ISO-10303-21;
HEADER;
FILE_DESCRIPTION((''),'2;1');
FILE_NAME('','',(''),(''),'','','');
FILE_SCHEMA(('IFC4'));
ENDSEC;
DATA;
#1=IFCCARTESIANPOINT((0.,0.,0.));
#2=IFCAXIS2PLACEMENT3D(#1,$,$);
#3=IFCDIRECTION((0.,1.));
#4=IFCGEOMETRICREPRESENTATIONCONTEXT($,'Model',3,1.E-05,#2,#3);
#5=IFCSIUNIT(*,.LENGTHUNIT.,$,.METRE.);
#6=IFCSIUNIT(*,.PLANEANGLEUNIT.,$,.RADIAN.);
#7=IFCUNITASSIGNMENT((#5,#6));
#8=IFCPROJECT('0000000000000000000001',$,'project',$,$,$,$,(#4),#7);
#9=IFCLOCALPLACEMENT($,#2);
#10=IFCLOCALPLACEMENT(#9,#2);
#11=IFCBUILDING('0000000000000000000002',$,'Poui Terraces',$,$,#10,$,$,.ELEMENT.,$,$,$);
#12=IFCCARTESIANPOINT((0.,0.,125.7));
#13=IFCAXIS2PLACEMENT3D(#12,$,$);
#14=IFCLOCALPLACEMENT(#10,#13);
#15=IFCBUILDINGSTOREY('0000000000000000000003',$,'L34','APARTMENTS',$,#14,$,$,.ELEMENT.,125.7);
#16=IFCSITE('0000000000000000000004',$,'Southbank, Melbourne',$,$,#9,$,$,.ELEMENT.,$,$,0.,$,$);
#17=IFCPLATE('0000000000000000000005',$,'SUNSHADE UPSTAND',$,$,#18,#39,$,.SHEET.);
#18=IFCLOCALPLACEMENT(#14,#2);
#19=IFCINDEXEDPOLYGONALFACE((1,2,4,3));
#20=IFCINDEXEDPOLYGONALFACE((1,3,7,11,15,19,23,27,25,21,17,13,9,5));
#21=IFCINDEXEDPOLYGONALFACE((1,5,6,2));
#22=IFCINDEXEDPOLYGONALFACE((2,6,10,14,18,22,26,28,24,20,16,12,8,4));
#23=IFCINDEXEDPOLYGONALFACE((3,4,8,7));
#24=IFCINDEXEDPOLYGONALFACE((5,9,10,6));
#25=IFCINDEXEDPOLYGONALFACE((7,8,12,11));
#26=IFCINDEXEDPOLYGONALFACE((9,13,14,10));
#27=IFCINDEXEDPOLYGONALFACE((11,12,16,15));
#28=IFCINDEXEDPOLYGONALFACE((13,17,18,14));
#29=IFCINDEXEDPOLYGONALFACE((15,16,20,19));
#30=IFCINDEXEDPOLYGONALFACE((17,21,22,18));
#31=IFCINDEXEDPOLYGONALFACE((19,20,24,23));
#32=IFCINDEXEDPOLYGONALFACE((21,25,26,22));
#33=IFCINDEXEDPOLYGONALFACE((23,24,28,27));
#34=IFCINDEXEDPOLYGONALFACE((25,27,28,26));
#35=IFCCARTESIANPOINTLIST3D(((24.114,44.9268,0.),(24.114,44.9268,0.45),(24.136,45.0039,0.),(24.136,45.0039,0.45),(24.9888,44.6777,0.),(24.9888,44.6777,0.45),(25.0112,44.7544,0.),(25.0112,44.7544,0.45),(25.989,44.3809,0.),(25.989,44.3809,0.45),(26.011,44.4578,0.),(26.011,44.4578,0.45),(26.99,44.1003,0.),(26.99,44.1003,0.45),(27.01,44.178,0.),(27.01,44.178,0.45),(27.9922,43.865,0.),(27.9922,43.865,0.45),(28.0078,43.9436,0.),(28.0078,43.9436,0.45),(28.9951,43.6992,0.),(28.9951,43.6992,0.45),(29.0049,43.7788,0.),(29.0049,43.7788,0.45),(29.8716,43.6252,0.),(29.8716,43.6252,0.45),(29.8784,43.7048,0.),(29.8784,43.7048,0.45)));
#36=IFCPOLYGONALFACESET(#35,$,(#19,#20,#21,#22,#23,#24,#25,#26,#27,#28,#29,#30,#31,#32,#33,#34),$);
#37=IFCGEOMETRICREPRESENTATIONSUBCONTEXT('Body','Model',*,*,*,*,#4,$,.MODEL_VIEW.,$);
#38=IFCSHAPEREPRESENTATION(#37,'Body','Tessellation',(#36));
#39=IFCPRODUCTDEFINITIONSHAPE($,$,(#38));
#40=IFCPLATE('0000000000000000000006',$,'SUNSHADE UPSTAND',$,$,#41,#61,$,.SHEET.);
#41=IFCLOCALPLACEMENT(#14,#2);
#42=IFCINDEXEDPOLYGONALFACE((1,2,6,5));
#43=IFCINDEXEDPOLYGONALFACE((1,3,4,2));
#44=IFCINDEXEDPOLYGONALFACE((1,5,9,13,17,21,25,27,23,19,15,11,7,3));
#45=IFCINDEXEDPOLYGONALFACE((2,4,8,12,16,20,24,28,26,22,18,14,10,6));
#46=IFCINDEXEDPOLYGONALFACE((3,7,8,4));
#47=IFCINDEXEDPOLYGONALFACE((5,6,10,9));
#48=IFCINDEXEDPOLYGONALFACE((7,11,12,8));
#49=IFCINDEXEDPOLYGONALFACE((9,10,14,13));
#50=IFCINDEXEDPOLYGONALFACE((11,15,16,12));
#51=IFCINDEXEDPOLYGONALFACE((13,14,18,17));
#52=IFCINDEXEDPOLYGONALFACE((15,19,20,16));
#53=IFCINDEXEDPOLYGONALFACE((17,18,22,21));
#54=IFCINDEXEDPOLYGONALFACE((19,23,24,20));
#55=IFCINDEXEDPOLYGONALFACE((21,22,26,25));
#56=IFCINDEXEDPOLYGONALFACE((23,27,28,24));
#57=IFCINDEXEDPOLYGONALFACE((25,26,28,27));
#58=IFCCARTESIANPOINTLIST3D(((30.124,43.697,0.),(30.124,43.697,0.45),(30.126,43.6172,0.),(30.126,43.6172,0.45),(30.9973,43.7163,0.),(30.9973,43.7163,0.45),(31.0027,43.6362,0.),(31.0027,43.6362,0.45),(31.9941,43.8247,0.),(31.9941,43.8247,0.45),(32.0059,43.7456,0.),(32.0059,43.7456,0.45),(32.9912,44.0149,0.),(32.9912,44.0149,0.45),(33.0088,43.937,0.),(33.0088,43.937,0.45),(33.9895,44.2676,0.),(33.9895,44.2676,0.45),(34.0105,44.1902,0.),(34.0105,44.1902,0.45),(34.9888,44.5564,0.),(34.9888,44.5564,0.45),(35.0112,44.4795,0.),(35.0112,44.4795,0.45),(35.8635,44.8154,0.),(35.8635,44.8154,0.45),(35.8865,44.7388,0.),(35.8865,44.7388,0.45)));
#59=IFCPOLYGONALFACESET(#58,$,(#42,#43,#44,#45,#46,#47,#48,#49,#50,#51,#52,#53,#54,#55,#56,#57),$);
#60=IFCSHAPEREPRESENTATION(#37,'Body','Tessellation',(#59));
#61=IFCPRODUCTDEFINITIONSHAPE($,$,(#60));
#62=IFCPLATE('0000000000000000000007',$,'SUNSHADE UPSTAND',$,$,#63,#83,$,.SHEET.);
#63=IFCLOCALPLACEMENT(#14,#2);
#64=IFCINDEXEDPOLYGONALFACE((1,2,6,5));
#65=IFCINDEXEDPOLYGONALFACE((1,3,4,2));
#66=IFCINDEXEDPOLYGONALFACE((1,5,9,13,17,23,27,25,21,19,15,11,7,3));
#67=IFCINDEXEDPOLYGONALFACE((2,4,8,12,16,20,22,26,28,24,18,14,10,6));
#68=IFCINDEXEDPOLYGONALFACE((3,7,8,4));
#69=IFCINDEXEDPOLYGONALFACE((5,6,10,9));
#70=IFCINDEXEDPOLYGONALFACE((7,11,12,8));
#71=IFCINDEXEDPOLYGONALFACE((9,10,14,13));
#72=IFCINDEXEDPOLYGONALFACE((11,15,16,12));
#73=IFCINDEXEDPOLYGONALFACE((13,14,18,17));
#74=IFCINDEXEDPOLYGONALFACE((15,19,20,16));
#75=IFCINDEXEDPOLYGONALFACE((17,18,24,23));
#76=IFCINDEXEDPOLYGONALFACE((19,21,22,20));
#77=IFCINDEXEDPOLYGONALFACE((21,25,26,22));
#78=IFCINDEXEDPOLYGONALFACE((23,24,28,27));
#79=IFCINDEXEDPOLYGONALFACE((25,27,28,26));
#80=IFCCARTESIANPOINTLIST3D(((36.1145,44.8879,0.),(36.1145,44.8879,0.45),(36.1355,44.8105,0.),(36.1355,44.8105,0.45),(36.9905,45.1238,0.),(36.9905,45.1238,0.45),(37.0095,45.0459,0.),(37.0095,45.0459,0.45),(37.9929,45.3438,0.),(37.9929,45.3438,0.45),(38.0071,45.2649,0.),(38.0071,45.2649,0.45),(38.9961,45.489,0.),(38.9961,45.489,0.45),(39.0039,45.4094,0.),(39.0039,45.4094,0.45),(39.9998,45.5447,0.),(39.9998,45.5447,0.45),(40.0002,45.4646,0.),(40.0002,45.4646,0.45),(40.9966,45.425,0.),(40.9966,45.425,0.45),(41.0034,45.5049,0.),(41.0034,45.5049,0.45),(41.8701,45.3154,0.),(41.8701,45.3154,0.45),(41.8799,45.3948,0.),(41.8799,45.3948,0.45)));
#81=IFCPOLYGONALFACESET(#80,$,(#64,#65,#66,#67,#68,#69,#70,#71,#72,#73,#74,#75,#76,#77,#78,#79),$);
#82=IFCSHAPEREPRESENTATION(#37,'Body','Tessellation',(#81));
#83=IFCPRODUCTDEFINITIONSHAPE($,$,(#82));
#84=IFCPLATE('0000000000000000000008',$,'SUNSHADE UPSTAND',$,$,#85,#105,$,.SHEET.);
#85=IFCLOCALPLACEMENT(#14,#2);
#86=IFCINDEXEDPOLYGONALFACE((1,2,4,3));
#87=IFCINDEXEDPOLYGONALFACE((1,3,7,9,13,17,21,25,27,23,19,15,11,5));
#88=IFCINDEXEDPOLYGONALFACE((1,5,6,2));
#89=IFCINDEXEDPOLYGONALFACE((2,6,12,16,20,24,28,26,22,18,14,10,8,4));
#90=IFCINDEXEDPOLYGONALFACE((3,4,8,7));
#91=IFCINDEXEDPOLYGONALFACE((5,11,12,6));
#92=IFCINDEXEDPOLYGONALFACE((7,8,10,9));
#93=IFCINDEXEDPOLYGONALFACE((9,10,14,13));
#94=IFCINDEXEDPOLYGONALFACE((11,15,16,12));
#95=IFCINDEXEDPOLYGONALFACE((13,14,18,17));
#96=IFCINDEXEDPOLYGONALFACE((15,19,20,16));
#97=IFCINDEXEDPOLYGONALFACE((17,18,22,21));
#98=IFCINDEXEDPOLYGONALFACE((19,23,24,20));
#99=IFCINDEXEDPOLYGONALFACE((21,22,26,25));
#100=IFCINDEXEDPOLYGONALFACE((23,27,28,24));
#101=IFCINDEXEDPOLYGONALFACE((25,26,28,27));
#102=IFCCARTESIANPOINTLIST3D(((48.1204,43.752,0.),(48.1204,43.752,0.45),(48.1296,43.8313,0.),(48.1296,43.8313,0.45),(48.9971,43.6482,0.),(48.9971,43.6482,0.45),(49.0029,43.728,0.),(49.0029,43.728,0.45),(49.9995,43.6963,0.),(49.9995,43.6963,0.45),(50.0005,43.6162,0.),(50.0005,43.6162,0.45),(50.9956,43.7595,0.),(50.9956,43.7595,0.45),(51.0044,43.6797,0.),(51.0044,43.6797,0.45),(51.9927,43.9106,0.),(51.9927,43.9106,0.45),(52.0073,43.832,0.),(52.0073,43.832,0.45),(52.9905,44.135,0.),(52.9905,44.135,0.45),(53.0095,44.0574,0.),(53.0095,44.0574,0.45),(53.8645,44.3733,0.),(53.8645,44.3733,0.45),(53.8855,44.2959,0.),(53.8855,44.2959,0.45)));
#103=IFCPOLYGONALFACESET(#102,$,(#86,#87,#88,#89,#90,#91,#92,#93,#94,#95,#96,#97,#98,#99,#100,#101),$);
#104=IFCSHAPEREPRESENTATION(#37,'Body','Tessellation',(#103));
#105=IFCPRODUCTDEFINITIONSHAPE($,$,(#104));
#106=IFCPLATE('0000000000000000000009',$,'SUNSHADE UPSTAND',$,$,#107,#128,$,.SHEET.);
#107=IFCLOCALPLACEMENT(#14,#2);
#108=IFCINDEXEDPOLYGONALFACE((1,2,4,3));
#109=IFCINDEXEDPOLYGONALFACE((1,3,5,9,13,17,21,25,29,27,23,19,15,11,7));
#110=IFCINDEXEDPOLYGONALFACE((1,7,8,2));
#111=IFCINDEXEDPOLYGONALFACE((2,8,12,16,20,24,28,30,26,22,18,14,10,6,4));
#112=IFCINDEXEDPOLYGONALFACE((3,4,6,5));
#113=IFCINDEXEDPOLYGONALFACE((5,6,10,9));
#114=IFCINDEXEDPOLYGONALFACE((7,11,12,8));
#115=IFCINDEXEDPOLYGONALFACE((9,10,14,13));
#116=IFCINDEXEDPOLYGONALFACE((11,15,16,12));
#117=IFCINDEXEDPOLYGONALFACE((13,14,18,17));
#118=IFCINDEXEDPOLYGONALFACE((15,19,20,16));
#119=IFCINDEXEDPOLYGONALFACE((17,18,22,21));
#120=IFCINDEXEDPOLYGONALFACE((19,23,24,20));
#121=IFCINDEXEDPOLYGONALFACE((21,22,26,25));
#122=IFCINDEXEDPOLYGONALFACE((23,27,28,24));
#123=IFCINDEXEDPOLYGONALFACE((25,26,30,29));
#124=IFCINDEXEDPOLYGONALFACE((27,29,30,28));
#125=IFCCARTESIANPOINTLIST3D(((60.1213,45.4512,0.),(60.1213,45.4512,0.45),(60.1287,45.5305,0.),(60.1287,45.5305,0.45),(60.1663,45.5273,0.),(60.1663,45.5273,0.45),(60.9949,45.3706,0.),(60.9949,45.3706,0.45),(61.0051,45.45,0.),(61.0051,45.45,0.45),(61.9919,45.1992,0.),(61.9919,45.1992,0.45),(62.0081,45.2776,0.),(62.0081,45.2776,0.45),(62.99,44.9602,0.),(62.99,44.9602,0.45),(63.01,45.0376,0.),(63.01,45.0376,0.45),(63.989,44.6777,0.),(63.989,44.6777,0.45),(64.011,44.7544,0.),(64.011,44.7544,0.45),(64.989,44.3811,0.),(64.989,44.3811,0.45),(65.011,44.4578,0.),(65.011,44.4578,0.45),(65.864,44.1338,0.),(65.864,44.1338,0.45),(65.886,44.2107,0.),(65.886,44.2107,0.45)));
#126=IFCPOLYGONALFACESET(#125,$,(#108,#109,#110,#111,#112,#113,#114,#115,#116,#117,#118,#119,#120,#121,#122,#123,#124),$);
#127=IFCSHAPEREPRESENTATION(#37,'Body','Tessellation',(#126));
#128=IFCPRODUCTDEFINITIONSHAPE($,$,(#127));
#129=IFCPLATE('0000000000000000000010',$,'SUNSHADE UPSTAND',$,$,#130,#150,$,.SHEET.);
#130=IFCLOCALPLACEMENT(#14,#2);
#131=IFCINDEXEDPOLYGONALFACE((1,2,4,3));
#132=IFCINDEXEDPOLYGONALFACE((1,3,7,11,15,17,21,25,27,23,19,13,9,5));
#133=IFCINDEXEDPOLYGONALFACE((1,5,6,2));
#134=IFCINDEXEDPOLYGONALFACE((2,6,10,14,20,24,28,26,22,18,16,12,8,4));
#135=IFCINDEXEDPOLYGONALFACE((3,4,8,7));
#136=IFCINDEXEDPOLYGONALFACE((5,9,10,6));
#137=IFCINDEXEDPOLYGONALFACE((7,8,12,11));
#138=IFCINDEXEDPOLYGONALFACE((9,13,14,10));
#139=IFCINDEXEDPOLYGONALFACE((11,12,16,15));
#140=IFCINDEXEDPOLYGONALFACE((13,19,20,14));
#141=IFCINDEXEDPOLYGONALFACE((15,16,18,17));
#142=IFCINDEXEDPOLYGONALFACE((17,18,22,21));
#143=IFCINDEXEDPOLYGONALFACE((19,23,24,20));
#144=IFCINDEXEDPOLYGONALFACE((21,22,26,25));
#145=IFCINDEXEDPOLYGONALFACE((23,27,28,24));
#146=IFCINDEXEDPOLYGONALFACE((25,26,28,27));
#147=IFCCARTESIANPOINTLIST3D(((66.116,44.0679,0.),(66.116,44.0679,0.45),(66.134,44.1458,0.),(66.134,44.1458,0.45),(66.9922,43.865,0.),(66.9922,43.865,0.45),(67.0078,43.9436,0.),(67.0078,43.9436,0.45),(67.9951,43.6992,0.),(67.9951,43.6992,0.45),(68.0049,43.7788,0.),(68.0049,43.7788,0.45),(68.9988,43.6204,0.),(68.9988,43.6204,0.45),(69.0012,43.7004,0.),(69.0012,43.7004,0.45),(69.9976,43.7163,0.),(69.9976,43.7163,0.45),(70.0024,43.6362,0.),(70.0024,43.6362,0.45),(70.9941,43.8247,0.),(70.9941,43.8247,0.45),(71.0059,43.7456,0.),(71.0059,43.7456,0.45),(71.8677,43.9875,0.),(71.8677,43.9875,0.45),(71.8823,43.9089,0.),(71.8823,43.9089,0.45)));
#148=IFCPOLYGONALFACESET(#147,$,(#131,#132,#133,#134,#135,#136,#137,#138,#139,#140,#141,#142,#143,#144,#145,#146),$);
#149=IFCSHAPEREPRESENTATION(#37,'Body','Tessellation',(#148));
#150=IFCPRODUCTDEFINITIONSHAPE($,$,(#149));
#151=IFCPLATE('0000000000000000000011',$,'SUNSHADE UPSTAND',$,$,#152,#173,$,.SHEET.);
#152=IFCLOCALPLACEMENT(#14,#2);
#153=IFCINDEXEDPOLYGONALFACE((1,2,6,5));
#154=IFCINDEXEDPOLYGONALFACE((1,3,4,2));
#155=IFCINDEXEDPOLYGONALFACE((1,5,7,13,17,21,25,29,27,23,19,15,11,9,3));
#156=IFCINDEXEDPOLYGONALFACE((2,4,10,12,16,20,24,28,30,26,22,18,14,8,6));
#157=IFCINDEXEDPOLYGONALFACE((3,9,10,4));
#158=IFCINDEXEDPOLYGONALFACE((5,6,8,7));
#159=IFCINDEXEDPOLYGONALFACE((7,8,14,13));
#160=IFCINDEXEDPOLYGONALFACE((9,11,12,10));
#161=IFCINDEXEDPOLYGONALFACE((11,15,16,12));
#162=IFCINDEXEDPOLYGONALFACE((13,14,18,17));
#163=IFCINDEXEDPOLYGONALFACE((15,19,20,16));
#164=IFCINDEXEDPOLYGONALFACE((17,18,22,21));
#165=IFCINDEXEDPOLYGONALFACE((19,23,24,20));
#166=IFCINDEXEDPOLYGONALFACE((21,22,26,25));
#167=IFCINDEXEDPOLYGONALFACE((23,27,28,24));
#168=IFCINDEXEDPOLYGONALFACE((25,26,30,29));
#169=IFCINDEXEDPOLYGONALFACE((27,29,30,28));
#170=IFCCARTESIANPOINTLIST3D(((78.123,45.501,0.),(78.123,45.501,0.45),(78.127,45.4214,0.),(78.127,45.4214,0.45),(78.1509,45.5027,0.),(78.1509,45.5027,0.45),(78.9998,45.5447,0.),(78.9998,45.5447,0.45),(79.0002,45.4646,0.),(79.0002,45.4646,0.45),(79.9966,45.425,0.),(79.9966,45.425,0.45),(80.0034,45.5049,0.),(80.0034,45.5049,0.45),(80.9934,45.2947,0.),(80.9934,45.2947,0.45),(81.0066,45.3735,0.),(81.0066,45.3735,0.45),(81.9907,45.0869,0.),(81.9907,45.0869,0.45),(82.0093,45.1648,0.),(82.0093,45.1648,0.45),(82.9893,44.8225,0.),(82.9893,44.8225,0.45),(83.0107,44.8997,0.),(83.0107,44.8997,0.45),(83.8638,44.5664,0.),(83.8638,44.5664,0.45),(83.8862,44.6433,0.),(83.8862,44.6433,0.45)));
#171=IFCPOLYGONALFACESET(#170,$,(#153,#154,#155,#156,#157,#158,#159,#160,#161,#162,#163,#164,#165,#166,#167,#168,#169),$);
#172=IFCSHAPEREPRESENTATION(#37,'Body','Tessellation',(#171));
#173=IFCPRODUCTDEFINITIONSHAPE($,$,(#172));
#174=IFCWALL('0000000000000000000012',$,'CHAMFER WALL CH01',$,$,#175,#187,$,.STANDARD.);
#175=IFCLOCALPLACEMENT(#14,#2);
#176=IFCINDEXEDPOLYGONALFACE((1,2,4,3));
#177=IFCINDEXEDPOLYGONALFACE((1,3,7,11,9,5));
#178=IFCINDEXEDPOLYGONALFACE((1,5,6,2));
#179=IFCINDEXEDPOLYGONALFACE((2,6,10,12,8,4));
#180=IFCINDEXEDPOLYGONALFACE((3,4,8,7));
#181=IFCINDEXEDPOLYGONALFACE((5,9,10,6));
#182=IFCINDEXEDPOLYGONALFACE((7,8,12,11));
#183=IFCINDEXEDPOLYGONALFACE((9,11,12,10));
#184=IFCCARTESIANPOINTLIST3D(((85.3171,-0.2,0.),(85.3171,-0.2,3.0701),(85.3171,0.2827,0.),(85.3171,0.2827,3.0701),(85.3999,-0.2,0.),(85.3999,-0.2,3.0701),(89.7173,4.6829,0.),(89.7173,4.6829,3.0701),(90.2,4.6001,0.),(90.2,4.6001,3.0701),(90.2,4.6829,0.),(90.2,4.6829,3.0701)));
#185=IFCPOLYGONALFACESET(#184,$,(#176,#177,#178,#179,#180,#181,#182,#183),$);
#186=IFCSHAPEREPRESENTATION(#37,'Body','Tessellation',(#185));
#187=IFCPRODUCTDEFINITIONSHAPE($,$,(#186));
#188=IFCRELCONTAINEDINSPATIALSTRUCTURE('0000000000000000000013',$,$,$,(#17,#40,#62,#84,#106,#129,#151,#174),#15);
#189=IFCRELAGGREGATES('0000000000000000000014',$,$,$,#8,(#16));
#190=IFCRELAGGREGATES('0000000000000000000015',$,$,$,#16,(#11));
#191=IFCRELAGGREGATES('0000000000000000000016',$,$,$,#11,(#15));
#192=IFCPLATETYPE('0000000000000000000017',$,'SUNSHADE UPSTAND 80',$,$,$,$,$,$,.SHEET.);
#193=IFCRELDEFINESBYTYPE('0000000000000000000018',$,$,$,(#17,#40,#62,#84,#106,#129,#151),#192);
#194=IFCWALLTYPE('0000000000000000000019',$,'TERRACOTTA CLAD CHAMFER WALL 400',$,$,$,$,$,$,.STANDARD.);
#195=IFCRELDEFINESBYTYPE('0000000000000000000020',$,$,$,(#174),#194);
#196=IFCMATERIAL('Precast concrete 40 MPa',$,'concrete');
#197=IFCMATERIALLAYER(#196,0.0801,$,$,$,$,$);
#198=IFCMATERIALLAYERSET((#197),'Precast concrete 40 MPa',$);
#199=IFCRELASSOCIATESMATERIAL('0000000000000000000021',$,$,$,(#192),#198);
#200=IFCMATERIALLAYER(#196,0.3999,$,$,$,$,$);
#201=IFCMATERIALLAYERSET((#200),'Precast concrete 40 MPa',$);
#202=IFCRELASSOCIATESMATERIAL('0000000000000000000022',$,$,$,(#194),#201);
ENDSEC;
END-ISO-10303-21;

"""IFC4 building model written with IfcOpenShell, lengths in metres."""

from ifc_helpers import new_model, si_unit, direction, frame, origin, place, context, subcontext, project, spatial, polyline, outline, extrude, material, layer, layer_set, type_object, element, save


model = new_model("IFC4")

# Units and contexts
model_context = context("Model", 3, precision=1e-05, world=origin(), true_north=direction((0.0, 1.0)))
body_context = subcontext(model_context, "Body", "Model", "MODEL_VIEW")
ifc_project = project(units=[si_unit("LENGTHUNIT", "METRE"), si_unit("PLANEANGLEUNIT", "RADIAN")], contexts=[model_context])

# Site, building, storey
site_placement = place(None, origin())
site = spatial("IfcSite", under=ifc_project, at=site_placement, Name="Southbank, Melbourne", CompositionType="ELEMENT", RefElevation=0.0)
building_placement = place(site_placement, origin())
building = spatial("IfcBuilding", under=site, at=building_placement, Name="Poui Terraces", CompositionType="ELEMENT")
storey_placement = place(building_placement, frame((0.0, 0.0, 125.7)))
storey = spatial("IfcBuildingStorey", under=building, at=storey_placement, Name="L34", Description="APARTMENTS", CompositionType="ELEMENT", Elevation=125.7)

# Shared definitions
ifc_material_1 = material(Name="Precast concrete 40 MPa", Category="concrete")

# Plates
ifc_layer_1 = layer(ifc_material_1, 0.0801)
ifc_layer_set_1 = layer_set([ifc_layer_1], Name="Precast concrete 40 MPa")
plate_type = type_object("IfcPlateType", Name="SUNSHADE UPSTAND 80", PredefinedType="SHEET", material=ifc_layer_set_1)
plate_1_placement = place(storey_placement, origin())
element("IfcPlate", 1, at=plate_1_placement, inside=storey, type_object=plate_type, Name="SUNSHADE UPSTAND", PredefinedType="SHEET", context=body_context, shape_type="SweptSolid", body=[
    extrude(outline(polyline([(25.0112, 44.7544), (24.136, 45.0039), (24.114, 44.9268), (24.9888, 44.6777), (25.989, 44.3809), (26.99, 44.1003), (27.9922, 43.865), (28.9951, 43.6992), (29.8716, 43.6252), (29.8784, 43.7048), (29.0049, 43.7788), (28.0078, 43.9436), (27.01, 44.178), (26.011, 44.4578), (25.0112, 44.7544)])), origin(), (0.0, 0.0, 1.0), 0.45),
])
plate_2_placement = place(storey_placement, origin())
element("IfcPlate", 2, at=plate_2_placement, inside=storey, type_object=plate_type, Name="SUNSHADE UPSTAND", PredefinedType="SHEET", context=body_context, shape_type="SweptSolid", body=[
    extrude(outline(polyline([(30.9973, 43.7163), (30.124, 43.697), (30.126, 43.6172), (31.0027, 43.6362), (32.0059, 43.7456), (33.0088, 43.937), (34.0105, 44.1902), (35.0112, 44.4795), (35.8865, 44.7388), (35.8635, 44.8154), (34.9888, 44.5564), (33.9895, 44.2676), (32.9912, 44.0149), (31.9941, 43.8247), (30.9973, 43.7163)])), origin(), (0.0, 0.0, 1.0), 0.45),
])
plate_3_placement = place(storey_placement, origin())
element("IfcPlate", 3, at=plate_3_placement, inside=storey, type_object=plate_type, Name="SUNSHADE UPSTAND", PredefinedType="SHEET", context=body_context, shape_type="SweptSolid", body=[
    extrude(outline(polyline([(36.9905, 45.1238), (36.1145, 44.8879), (36.1355, 44.8105), (37.0095, 45.0459), (38.0071, 45.2649), (39.0039, 45.4094), (40.0002, 45.4646), (40.9966, 45.425), (41.8701, 45.3154), (41.8799, 45.3948), (41.0034, 45.5049), (39.9998, 45.5447), (38.9961, 45.489), (37.9929, 45.3438), (36.9905, 45.1238)])), origin(), (0.0, 0.0, 1.0), 0.45),
])
plate_4_placement = place(storey_placement, origin())
element("IfcPlate", 4, at=plate_4_placement, inside=storey, type_object=plate_type, Name="SUNSHADE UPSTAND", PredefinedType="SHEET", context=body_context, shape_type="SweptSolid", body=[
    extrude(outline(polyline([(49.0029, 43.728), (48.1296, 43.8313), (48.1204, 43.752), (48.9971, 43.6482), (50.0005, 43.6162), (51.0044, 43.6797), (52.0073, 43.832), (53.0095, 44.0574), (53.8855, 44.2959), (53.8645, 44.3733), (52.9905, 44.135), (51.9927, 43.9106), (50.9956, 43.7595), (49.9995, 43.6963), (49.0029, 43.728)])), origin(), (0.0, 0.0, 1.0), 0.45),
])
plate_5_placement = place(storey_placement, origin())
element("IfcPlate", 5, at=plate_5_placement, inside=storey, type_object=plate_type, Name="SUNSHADE UPSTAND", PredefinedType="SHEET", context=body_context, shape_type="SweptSolid", body=[
    extrude(outline(polyline([(61.0051, 45.45), (60.1663, 45.5273), (60.1287, 45.5305), (60.1213, 45.4512), (60.9949, 45.3706), (61.9919, 45.1992), (62.99, 44.9602), (63.989, 44.6777), (64.989, 44.3811), (65.864, 44.1338), (65.886, 44.2107), (65.011, 44.4578), (64.011, 44.7544), (63.01, 45.0376), (62.0081, 45.2776), (61.0051, 45.45)])), origin(), (0.0, 0.0, 1.0), 0.45),
])
plate_6_placement = place(storey_placement, origin())
element("IfcPlate", 6, at=plate_6_placement, inside=storey, type_object=plate_type, Name="SUNSHADE UPSTAND", PredefinedType="SHEET", context=body_context, shape_type="SweptSolid", body=[
    extrude(outline(polyline([(67.0078, 43.9436), (66.134, 44.1458), (66.116, 44.0679), (66.9922, 43.865), (67.9951, 43.6992), (68.9988, 43.6204), (70.0024, 43.6362), (71.0059, 43.7456), (71.8823, 43.9089), (71.8677, 43.9875), (70.9941, 43.8247), (69.9976, 43.7163), (69.0012, 43.7004), (68.0049, 43.7788), (67.0078, 43.9436)])), origin(), (0.0, 0.0, 1.0), 0.45),
])
plate_7_placement = place(storey_placement, origin())
element("IfcPlate", 7, at=plate_7_placement, inside=storey, type_object=plate_type, Name="SUNSHADE UPSTAND", PredefinedType="SHEET", context=body_context, shape_type="SweptSolid", body=[
    extrude(outline(polyline([(78.9998, 45.5447), (78.1509, 45.5027), (78.123, 45.501), (78.127, 45.4214), (79.0002, 45.4646), (79.9966, 45.425), (80.9934, 45.2947), (81.9907, 45.0869), (82.9893, 44.8225), (83.8638, 44.5664), (83.8862, 44.6433), (83.0107, 44.8997), (82.0093, 45.1648), (81.0066, 45.3735), (80.0034, 45.5049), (78.9998, 45.5447)])), origin(), (0.0, 0.0, 1.0), 0.45),
])

# Wall
ifc_layer_2 = layer(ifc_material_1, 0.3999)
ifc_layer_set_2 = layer_set([ifc_layer_2], Name="Precast concrete 40 MPa")
wall_type = type_object("IfcWallType", Name="TERRACOTTA CLAD CHAMFER WALL 400", PredefinedType="STANDARD", material=ifc_layer_set_2)
wall_1_placement = place(storey_placement, origin())
element("IfcWall", 8, at=wall_1_placement, inside=storey, type_object=wall_type, Name="CHAMFER WALL CH01", PredefinedType="STANDARD", context=body_context, shape_type="SweptSolid", body=[
    extrude(outline(polyline([(85.3171, -0.2), (85.3999, -0.2), (90.2, 4.6001), (90.2, 4.6829), (89.7173, 4.6829), (85.3171, 0.2827), (85.3171, -0.2)])), origin(), (0.0, 0.0, 1.0), 3.0701),
])

save(model, "model.ifc")
